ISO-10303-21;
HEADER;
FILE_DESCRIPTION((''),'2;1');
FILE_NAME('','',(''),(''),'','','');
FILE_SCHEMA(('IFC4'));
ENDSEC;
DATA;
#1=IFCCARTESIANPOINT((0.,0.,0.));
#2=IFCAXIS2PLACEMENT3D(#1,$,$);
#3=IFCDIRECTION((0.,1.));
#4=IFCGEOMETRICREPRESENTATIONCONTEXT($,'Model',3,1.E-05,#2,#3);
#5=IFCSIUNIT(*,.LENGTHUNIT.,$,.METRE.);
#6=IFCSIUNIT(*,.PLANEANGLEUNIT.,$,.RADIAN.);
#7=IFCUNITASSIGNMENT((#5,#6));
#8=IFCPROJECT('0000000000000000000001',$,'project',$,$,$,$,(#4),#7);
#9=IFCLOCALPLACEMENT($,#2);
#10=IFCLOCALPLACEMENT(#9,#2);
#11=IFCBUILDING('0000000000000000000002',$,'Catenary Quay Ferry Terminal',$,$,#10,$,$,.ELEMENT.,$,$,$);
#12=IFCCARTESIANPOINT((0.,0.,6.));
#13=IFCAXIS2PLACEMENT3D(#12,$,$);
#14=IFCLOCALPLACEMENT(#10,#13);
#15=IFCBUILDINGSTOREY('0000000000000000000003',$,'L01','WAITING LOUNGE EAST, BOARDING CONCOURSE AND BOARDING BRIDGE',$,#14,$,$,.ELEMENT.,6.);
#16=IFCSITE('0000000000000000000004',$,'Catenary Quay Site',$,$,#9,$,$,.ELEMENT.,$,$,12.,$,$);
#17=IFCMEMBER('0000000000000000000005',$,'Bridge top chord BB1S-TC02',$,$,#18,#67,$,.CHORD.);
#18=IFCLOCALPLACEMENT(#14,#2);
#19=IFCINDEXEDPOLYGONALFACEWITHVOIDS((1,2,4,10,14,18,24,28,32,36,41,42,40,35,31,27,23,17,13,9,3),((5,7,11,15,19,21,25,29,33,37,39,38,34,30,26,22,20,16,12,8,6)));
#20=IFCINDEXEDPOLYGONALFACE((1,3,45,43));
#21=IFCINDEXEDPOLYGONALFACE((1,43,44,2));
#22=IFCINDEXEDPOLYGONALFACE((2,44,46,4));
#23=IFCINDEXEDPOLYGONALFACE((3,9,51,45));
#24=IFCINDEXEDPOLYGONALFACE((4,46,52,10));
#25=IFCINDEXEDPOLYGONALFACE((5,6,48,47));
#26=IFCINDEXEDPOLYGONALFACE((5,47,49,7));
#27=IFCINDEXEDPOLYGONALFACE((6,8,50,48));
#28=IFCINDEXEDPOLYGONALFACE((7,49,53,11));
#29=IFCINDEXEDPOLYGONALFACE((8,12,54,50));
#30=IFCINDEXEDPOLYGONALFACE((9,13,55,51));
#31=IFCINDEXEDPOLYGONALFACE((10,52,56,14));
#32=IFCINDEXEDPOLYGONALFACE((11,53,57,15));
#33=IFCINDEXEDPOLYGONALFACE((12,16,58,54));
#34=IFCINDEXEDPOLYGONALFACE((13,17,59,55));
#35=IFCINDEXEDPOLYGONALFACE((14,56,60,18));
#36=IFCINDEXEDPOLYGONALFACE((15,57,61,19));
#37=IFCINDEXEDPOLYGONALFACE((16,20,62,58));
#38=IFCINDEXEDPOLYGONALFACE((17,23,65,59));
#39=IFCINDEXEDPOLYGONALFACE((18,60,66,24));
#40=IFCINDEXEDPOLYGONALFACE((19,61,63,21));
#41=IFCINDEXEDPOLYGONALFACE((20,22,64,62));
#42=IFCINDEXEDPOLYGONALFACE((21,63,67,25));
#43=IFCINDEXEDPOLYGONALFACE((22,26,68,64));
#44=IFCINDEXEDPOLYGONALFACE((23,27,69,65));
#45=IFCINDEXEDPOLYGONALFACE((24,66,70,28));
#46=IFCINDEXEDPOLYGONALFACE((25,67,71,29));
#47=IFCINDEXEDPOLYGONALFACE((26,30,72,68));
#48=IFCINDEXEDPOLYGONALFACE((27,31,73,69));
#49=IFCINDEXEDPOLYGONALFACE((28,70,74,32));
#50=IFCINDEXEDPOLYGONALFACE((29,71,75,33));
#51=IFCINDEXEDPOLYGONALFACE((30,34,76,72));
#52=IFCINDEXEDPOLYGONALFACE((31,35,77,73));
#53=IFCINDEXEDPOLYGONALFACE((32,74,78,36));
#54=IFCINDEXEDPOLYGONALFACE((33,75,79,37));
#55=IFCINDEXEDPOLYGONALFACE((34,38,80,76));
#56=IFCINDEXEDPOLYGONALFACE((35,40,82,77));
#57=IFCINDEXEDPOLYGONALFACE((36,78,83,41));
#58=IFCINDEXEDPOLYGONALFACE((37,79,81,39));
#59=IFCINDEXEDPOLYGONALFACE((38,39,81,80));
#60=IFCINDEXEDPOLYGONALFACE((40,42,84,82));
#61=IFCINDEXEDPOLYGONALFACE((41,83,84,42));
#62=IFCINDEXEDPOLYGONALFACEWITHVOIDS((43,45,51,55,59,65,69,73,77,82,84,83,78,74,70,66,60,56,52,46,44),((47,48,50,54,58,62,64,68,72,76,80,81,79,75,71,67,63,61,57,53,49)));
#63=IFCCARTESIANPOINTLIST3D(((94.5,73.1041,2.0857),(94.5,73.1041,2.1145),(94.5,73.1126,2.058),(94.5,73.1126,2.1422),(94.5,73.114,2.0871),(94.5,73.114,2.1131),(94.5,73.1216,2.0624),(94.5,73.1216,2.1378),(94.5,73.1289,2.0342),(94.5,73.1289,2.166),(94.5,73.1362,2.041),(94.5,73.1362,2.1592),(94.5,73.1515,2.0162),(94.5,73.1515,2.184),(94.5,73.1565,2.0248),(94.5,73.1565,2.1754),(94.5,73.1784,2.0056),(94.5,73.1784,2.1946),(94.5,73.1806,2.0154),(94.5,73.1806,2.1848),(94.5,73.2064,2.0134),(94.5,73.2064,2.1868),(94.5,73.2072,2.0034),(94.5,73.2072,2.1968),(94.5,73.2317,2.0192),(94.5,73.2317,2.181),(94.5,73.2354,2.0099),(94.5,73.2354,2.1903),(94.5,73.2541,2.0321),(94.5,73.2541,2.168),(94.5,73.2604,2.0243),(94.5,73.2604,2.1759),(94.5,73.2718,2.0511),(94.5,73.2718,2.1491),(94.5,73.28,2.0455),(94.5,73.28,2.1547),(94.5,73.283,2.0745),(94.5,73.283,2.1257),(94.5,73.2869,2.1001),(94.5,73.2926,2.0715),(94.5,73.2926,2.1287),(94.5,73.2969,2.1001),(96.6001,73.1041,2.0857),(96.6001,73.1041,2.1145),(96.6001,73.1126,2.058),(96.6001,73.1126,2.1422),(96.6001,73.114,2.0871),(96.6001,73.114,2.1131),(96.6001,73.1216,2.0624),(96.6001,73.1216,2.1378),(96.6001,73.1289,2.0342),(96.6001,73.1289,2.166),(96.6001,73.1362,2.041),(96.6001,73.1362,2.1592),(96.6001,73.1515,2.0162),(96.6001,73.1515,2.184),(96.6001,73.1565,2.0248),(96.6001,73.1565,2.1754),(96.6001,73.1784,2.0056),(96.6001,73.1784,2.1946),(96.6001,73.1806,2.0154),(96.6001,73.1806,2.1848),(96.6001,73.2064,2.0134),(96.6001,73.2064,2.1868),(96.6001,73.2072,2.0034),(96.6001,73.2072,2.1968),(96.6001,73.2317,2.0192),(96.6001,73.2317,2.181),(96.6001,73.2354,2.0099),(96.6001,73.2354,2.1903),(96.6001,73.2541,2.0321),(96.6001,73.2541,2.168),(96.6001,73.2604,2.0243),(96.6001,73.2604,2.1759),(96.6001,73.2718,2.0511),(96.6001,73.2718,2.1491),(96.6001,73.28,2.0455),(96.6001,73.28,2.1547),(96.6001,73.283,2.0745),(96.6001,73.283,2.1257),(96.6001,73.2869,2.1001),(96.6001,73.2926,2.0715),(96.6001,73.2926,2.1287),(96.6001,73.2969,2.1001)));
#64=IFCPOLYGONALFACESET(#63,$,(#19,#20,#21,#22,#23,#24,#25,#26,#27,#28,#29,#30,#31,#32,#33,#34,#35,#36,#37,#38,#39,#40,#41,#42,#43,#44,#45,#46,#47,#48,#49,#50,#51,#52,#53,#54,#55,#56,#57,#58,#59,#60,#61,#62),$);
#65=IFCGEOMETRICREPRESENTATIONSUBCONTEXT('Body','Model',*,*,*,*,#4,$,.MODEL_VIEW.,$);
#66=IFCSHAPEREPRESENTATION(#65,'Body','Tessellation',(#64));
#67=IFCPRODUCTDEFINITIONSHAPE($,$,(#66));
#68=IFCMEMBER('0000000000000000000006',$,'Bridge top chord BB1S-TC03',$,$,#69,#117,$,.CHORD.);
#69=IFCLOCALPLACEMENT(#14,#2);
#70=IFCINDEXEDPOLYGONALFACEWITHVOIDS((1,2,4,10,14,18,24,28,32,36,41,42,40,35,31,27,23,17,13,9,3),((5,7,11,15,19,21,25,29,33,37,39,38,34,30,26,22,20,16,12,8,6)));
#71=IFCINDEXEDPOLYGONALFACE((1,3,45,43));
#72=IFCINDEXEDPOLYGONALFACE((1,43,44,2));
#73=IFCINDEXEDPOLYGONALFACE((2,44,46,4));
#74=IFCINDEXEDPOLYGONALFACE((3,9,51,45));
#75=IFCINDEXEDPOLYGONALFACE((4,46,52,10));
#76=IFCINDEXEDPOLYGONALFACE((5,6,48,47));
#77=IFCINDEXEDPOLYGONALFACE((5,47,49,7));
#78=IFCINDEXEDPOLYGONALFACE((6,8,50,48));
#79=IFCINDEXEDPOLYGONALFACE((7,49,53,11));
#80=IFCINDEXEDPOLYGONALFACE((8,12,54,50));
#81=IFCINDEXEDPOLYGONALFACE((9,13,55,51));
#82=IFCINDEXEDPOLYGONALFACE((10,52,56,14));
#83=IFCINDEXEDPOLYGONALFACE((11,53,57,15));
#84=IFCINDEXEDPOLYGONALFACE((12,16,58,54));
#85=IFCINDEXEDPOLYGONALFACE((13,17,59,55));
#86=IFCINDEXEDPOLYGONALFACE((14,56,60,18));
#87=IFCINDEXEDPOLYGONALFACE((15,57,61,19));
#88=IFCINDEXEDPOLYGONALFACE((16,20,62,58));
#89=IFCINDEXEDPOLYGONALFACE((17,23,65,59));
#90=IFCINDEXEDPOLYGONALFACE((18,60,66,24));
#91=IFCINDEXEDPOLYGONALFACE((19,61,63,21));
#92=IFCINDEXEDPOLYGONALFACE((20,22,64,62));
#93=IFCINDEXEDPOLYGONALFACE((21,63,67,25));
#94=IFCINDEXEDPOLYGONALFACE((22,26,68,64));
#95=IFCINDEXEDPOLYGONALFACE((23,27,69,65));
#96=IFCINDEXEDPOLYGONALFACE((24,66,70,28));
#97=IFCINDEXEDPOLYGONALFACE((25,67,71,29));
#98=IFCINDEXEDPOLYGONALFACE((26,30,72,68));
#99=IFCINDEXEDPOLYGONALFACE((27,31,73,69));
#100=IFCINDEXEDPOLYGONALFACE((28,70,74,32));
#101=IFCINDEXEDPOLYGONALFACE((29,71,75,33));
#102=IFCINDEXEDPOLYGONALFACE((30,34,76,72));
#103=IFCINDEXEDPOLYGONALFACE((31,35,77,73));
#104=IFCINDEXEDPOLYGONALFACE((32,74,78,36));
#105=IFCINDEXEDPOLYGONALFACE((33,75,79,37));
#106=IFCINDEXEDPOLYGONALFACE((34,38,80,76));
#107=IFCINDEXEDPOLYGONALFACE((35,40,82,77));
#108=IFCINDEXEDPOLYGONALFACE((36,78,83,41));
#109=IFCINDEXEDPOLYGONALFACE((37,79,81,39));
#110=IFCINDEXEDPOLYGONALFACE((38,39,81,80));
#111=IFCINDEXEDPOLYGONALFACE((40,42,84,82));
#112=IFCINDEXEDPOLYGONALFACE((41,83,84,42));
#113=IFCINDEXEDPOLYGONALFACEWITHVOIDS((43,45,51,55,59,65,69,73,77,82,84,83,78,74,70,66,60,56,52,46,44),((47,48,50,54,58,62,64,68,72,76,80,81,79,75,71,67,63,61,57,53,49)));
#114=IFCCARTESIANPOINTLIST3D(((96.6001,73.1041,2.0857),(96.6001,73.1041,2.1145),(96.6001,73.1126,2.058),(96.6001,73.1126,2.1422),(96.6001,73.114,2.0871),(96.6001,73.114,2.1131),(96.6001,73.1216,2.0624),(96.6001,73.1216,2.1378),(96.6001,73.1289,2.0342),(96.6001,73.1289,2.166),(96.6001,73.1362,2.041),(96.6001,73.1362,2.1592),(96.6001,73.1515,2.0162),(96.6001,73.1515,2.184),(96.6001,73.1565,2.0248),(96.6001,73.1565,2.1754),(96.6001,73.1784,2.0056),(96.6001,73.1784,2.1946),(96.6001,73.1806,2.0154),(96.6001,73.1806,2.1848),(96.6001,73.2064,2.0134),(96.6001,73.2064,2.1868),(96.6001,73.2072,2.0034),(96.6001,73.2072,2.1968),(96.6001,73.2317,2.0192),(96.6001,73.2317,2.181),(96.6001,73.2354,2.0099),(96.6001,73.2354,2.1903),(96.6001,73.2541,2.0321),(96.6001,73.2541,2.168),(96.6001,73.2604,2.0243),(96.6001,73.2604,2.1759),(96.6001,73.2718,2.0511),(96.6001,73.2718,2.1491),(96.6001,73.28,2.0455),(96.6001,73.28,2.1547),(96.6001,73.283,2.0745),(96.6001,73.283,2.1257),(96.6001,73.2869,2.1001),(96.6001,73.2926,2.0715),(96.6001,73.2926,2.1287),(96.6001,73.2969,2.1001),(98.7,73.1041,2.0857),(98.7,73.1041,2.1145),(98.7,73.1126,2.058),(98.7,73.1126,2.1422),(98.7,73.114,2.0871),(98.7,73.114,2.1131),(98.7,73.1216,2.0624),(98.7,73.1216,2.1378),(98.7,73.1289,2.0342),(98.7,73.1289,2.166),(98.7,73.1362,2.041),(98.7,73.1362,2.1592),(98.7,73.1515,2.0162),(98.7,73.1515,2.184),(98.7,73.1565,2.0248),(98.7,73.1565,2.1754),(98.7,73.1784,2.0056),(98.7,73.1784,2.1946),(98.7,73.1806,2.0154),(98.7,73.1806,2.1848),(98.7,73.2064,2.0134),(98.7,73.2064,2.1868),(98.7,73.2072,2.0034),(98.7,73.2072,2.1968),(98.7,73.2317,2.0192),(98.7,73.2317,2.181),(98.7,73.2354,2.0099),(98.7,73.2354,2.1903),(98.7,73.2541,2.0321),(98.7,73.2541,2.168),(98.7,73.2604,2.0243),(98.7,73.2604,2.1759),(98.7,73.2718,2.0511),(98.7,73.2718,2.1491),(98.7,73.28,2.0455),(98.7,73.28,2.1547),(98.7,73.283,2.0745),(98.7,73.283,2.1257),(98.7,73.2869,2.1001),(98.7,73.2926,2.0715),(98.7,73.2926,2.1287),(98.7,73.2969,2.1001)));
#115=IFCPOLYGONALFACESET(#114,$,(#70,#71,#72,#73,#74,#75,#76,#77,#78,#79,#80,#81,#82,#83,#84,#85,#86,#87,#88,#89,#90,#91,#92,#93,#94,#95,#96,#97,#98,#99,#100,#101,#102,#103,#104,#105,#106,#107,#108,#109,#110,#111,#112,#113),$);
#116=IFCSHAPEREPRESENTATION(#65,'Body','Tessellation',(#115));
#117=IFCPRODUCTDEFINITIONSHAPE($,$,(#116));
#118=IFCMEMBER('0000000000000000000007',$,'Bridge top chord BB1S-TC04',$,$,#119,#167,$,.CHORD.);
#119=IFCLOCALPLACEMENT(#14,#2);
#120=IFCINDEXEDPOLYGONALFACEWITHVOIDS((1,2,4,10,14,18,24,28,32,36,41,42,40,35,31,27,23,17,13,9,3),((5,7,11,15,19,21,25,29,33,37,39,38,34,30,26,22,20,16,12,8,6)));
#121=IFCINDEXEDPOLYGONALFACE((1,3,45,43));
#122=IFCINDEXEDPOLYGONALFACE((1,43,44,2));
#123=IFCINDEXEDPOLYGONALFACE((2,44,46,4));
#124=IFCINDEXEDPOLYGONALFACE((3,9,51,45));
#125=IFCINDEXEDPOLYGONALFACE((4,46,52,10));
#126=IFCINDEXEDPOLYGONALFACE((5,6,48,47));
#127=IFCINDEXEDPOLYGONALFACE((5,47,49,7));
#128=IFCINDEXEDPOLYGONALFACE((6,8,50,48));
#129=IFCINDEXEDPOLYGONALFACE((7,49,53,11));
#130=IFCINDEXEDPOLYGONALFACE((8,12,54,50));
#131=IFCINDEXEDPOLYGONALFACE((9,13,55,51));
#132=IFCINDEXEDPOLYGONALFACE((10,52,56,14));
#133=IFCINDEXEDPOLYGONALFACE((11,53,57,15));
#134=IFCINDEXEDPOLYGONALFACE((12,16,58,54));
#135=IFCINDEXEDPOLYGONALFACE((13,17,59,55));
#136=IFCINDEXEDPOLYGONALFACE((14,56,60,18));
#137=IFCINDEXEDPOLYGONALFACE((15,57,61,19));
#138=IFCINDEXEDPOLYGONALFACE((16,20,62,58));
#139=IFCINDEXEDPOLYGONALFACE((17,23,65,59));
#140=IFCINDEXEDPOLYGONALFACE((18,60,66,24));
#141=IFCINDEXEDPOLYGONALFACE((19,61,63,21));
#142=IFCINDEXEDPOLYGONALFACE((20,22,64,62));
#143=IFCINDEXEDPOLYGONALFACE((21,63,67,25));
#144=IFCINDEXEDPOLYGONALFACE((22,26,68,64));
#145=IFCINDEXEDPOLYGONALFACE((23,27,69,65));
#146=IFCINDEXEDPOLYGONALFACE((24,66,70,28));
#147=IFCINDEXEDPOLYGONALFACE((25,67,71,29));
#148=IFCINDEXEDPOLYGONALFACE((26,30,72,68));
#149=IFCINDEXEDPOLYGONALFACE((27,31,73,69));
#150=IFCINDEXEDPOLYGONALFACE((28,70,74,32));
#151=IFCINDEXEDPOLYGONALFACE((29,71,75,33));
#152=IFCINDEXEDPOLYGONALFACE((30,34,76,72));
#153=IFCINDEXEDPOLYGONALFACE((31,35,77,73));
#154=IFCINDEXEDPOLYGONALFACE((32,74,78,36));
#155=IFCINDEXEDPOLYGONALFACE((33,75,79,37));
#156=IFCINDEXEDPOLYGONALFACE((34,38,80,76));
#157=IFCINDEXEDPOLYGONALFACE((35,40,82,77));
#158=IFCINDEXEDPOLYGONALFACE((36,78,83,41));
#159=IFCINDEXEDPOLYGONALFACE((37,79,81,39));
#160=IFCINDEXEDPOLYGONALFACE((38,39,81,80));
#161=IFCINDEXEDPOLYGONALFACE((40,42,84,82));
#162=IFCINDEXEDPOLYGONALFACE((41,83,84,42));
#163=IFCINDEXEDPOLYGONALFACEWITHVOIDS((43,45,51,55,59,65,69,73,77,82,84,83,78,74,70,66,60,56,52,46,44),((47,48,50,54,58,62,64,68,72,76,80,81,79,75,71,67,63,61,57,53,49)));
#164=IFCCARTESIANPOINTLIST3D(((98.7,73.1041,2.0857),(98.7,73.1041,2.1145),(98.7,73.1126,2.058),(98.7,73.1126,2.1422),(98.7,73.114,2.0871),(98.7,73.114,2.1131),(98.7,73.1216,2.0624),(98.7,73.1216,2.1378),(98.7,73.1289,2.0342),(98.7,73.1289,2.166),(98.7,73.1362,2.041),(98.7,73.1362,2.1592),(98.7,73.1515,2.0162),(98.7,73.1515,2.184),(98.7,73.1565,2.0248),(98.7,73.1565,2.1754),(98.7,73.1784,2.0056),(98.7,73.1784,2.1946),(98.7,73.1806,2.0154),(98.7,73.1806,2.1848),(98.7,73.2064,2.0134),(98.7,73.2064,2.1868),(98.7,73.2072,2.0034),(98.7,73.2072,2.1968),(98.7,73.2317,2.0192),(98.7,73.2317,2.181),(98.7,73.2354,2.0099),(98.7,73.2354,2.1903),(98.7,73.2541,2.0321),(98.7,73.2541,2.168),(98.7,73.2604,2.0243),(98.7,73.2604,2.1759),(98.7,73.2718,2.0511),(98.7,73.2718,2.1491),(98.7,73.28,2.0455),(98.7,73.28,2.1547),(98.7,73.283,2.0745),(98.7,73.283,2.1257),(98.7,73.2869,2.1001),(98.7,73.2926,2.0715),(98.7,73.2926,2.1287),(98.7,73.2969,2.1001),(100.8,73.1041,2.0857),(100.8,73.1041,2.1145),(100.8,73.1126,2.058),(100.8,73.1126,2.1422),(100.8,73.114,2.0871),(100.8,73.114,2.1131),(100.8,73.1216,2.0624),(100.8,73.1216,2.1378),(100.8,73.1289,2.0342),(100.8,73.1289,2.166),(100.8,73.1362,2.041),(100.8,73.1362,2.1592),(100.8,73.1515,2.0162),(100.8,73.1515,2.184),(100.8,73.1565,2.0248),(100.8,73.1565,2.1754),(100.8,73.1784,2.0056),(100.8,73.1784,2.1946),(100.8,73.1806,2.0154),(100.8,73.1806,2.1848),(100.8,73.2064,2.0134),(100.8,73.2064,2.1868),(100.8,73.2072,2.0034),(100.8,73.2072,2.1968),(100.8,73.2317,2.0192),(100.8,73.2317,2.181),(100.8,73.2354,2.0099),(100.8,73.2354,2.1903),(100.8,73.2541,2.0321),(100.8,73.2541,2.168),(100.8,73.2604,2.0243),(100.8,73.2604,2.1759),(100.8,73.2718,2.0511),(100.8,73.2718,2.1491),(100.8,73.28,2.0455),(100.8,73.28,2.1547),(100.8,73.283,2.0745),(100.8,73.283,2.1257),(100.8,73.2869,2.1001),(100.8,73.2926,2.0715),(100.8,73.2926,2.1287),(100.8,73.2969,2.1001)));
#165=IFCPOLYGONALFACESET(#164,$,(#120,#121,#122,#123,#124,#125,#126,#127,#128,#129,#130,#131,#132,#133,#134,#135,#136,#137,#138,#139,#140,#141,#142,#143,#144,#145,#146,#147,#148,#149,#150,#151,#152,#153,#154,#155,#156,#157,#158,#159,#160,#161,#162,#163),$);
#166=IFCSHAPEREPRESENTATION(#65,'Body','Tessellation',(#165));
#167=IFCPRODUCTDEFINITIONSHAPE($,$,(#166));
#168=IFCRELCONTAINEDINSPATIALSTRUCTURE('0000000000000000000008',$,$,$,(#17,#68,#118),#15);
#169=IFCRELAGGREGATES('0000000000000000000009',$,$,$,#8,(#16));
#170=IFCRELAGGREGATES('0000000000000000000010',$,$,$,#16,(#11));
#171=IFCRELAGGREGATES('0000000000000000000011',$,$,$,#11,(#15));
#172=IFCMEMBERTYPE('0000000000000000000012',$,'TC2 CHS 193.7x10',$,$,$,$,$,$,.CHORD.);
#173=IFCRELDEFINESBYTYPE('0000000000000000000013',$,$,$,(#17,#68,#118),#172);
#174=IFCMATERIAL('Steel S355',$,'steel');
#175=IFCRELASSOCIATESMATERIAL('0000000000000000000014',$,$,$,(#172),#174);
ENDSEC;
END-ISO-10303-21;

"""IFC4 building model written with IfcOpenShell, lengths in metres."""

from ifc_helpers import new_model, si_unit, direction, frame, origin, origin_2d, place, context, subcontext, project, spatial, hollow_circle, extrude, material, material_profile, profile_set, type_object, element, save


model = new_model("IFC4")

# Units and contexts
model_context = context("Model", 3, precision=1e-05, world=origin(), true_north=direction((0.0, 1.0)))
body_context = subcontext(model_context, "Body", "Model", "MODEL_VIEW")
ifc_project = project(units=[si_unit("LENGTHUNIT", "METRE"), si_unit("PLANEANGLEUNIT", "RADIAN")], contexts=[model_context])

# Site, building, storey
site_placement = place(None, origin())
site = spatial("IfcSite", under=ifc_project, at=site_placement, Name="Catenary Quay Site", CompositionType="ELEMENT", RefElevation=12.0)
building_placement = place(site_placement, origin())
building = spatial("IfcBuilding", under=site, at=building_placement, Name="Catenary Quay Ferry Terminal", CompositionType="ELEMENT")
storey_placement = place(building_placement, frame((0.0, 0.0, 6.0)))
storey = spatial("IfcBuildingStorey", under=building, at=storey_placement, Name="L01", Description="WAITING LOUNGE EAST, BOARDING CONCOURSE AND BOARDING BRIDGE", CompositionType="ELEMENT", Elevation=6.0)

# Members
ifc_material_1 = material(Name="Steel S355", Category="steel")
ifc_material_profile_1 = material_profile(ifc_material_1, hollow_circle(Radius=0.0969, WallThickness=0.01, at=origin_2d()), Name="CHS 193.7x10")
ifc_profile_set_1 = profile_set([ifc_material_profile_1], Name="Steel S355")
member_type_1 = type_object("IfcMemberType", Name="TC2 CHS 193.7x10", PredefinedType="CHORD", material=ifc_profile_set_1)
member_1_placement = place(storey_placement, frame((94.5, 73.2, 2.1001), z_axis=(1.0, 0.0, 0.0), x_axis=(0.0, 1.0, 0.0)))
element("IfcMember", 1, at=member_1_placement, inside=storey, type_object=member_type_1, Name="Bridge top chord BB1S-TC02", PredefinedType="CHORD", context=body_context, shape_type="SweptSolid", body=[
    extrude(hollow_circle(Radius=0.0969, WallThickness=0.01, at=origin_2d()), origin(), (0.0, 0.0, 1.0), 2.1001),
])
member_2_placement = place(storey_placement, frame((96.6001, 73.2, 2.1001), z_axis=(1.0, 0.0, 0.0), x_axis=(0.0, 1.0, 0.0)))
element("IfcMember", 2, at=member_2_placement, inside=storey, type_object=member_type_1, Name="Bridge top chord BB1S-TC03", PredefinedType="CHORD", context=body_context, shape_type="SweptSolid", body=[
    extrude(hollow_circle(Radius=0.0969, WallThickness=0.01, at=origin_2d()), origin(), (0.0, 0.0, 1.0), 2.0999),
])
member_3_placement = place(storey_placement, frame((98.7, 73.2, 2.1001), z_axis=(1.0, 0.0, 0.0), x_axis=(0.0, 1.0, 0.0)))
element("IfcMember", 3, at=member_3_placement, inside=storey, type_object=member_type_1, Name="Bridge top chord BB1S-TC04", PredefinedType="CHORD", context=body_context, shape_type="SweptSolid", body=[
    extrude(hollow_circle(Radius=0.0969, WallThickness=0.01, at=origin_2d()), origin(), (0.0, 0.0, 1.0), 2.1001),
])

save(model, "model.ifc")
